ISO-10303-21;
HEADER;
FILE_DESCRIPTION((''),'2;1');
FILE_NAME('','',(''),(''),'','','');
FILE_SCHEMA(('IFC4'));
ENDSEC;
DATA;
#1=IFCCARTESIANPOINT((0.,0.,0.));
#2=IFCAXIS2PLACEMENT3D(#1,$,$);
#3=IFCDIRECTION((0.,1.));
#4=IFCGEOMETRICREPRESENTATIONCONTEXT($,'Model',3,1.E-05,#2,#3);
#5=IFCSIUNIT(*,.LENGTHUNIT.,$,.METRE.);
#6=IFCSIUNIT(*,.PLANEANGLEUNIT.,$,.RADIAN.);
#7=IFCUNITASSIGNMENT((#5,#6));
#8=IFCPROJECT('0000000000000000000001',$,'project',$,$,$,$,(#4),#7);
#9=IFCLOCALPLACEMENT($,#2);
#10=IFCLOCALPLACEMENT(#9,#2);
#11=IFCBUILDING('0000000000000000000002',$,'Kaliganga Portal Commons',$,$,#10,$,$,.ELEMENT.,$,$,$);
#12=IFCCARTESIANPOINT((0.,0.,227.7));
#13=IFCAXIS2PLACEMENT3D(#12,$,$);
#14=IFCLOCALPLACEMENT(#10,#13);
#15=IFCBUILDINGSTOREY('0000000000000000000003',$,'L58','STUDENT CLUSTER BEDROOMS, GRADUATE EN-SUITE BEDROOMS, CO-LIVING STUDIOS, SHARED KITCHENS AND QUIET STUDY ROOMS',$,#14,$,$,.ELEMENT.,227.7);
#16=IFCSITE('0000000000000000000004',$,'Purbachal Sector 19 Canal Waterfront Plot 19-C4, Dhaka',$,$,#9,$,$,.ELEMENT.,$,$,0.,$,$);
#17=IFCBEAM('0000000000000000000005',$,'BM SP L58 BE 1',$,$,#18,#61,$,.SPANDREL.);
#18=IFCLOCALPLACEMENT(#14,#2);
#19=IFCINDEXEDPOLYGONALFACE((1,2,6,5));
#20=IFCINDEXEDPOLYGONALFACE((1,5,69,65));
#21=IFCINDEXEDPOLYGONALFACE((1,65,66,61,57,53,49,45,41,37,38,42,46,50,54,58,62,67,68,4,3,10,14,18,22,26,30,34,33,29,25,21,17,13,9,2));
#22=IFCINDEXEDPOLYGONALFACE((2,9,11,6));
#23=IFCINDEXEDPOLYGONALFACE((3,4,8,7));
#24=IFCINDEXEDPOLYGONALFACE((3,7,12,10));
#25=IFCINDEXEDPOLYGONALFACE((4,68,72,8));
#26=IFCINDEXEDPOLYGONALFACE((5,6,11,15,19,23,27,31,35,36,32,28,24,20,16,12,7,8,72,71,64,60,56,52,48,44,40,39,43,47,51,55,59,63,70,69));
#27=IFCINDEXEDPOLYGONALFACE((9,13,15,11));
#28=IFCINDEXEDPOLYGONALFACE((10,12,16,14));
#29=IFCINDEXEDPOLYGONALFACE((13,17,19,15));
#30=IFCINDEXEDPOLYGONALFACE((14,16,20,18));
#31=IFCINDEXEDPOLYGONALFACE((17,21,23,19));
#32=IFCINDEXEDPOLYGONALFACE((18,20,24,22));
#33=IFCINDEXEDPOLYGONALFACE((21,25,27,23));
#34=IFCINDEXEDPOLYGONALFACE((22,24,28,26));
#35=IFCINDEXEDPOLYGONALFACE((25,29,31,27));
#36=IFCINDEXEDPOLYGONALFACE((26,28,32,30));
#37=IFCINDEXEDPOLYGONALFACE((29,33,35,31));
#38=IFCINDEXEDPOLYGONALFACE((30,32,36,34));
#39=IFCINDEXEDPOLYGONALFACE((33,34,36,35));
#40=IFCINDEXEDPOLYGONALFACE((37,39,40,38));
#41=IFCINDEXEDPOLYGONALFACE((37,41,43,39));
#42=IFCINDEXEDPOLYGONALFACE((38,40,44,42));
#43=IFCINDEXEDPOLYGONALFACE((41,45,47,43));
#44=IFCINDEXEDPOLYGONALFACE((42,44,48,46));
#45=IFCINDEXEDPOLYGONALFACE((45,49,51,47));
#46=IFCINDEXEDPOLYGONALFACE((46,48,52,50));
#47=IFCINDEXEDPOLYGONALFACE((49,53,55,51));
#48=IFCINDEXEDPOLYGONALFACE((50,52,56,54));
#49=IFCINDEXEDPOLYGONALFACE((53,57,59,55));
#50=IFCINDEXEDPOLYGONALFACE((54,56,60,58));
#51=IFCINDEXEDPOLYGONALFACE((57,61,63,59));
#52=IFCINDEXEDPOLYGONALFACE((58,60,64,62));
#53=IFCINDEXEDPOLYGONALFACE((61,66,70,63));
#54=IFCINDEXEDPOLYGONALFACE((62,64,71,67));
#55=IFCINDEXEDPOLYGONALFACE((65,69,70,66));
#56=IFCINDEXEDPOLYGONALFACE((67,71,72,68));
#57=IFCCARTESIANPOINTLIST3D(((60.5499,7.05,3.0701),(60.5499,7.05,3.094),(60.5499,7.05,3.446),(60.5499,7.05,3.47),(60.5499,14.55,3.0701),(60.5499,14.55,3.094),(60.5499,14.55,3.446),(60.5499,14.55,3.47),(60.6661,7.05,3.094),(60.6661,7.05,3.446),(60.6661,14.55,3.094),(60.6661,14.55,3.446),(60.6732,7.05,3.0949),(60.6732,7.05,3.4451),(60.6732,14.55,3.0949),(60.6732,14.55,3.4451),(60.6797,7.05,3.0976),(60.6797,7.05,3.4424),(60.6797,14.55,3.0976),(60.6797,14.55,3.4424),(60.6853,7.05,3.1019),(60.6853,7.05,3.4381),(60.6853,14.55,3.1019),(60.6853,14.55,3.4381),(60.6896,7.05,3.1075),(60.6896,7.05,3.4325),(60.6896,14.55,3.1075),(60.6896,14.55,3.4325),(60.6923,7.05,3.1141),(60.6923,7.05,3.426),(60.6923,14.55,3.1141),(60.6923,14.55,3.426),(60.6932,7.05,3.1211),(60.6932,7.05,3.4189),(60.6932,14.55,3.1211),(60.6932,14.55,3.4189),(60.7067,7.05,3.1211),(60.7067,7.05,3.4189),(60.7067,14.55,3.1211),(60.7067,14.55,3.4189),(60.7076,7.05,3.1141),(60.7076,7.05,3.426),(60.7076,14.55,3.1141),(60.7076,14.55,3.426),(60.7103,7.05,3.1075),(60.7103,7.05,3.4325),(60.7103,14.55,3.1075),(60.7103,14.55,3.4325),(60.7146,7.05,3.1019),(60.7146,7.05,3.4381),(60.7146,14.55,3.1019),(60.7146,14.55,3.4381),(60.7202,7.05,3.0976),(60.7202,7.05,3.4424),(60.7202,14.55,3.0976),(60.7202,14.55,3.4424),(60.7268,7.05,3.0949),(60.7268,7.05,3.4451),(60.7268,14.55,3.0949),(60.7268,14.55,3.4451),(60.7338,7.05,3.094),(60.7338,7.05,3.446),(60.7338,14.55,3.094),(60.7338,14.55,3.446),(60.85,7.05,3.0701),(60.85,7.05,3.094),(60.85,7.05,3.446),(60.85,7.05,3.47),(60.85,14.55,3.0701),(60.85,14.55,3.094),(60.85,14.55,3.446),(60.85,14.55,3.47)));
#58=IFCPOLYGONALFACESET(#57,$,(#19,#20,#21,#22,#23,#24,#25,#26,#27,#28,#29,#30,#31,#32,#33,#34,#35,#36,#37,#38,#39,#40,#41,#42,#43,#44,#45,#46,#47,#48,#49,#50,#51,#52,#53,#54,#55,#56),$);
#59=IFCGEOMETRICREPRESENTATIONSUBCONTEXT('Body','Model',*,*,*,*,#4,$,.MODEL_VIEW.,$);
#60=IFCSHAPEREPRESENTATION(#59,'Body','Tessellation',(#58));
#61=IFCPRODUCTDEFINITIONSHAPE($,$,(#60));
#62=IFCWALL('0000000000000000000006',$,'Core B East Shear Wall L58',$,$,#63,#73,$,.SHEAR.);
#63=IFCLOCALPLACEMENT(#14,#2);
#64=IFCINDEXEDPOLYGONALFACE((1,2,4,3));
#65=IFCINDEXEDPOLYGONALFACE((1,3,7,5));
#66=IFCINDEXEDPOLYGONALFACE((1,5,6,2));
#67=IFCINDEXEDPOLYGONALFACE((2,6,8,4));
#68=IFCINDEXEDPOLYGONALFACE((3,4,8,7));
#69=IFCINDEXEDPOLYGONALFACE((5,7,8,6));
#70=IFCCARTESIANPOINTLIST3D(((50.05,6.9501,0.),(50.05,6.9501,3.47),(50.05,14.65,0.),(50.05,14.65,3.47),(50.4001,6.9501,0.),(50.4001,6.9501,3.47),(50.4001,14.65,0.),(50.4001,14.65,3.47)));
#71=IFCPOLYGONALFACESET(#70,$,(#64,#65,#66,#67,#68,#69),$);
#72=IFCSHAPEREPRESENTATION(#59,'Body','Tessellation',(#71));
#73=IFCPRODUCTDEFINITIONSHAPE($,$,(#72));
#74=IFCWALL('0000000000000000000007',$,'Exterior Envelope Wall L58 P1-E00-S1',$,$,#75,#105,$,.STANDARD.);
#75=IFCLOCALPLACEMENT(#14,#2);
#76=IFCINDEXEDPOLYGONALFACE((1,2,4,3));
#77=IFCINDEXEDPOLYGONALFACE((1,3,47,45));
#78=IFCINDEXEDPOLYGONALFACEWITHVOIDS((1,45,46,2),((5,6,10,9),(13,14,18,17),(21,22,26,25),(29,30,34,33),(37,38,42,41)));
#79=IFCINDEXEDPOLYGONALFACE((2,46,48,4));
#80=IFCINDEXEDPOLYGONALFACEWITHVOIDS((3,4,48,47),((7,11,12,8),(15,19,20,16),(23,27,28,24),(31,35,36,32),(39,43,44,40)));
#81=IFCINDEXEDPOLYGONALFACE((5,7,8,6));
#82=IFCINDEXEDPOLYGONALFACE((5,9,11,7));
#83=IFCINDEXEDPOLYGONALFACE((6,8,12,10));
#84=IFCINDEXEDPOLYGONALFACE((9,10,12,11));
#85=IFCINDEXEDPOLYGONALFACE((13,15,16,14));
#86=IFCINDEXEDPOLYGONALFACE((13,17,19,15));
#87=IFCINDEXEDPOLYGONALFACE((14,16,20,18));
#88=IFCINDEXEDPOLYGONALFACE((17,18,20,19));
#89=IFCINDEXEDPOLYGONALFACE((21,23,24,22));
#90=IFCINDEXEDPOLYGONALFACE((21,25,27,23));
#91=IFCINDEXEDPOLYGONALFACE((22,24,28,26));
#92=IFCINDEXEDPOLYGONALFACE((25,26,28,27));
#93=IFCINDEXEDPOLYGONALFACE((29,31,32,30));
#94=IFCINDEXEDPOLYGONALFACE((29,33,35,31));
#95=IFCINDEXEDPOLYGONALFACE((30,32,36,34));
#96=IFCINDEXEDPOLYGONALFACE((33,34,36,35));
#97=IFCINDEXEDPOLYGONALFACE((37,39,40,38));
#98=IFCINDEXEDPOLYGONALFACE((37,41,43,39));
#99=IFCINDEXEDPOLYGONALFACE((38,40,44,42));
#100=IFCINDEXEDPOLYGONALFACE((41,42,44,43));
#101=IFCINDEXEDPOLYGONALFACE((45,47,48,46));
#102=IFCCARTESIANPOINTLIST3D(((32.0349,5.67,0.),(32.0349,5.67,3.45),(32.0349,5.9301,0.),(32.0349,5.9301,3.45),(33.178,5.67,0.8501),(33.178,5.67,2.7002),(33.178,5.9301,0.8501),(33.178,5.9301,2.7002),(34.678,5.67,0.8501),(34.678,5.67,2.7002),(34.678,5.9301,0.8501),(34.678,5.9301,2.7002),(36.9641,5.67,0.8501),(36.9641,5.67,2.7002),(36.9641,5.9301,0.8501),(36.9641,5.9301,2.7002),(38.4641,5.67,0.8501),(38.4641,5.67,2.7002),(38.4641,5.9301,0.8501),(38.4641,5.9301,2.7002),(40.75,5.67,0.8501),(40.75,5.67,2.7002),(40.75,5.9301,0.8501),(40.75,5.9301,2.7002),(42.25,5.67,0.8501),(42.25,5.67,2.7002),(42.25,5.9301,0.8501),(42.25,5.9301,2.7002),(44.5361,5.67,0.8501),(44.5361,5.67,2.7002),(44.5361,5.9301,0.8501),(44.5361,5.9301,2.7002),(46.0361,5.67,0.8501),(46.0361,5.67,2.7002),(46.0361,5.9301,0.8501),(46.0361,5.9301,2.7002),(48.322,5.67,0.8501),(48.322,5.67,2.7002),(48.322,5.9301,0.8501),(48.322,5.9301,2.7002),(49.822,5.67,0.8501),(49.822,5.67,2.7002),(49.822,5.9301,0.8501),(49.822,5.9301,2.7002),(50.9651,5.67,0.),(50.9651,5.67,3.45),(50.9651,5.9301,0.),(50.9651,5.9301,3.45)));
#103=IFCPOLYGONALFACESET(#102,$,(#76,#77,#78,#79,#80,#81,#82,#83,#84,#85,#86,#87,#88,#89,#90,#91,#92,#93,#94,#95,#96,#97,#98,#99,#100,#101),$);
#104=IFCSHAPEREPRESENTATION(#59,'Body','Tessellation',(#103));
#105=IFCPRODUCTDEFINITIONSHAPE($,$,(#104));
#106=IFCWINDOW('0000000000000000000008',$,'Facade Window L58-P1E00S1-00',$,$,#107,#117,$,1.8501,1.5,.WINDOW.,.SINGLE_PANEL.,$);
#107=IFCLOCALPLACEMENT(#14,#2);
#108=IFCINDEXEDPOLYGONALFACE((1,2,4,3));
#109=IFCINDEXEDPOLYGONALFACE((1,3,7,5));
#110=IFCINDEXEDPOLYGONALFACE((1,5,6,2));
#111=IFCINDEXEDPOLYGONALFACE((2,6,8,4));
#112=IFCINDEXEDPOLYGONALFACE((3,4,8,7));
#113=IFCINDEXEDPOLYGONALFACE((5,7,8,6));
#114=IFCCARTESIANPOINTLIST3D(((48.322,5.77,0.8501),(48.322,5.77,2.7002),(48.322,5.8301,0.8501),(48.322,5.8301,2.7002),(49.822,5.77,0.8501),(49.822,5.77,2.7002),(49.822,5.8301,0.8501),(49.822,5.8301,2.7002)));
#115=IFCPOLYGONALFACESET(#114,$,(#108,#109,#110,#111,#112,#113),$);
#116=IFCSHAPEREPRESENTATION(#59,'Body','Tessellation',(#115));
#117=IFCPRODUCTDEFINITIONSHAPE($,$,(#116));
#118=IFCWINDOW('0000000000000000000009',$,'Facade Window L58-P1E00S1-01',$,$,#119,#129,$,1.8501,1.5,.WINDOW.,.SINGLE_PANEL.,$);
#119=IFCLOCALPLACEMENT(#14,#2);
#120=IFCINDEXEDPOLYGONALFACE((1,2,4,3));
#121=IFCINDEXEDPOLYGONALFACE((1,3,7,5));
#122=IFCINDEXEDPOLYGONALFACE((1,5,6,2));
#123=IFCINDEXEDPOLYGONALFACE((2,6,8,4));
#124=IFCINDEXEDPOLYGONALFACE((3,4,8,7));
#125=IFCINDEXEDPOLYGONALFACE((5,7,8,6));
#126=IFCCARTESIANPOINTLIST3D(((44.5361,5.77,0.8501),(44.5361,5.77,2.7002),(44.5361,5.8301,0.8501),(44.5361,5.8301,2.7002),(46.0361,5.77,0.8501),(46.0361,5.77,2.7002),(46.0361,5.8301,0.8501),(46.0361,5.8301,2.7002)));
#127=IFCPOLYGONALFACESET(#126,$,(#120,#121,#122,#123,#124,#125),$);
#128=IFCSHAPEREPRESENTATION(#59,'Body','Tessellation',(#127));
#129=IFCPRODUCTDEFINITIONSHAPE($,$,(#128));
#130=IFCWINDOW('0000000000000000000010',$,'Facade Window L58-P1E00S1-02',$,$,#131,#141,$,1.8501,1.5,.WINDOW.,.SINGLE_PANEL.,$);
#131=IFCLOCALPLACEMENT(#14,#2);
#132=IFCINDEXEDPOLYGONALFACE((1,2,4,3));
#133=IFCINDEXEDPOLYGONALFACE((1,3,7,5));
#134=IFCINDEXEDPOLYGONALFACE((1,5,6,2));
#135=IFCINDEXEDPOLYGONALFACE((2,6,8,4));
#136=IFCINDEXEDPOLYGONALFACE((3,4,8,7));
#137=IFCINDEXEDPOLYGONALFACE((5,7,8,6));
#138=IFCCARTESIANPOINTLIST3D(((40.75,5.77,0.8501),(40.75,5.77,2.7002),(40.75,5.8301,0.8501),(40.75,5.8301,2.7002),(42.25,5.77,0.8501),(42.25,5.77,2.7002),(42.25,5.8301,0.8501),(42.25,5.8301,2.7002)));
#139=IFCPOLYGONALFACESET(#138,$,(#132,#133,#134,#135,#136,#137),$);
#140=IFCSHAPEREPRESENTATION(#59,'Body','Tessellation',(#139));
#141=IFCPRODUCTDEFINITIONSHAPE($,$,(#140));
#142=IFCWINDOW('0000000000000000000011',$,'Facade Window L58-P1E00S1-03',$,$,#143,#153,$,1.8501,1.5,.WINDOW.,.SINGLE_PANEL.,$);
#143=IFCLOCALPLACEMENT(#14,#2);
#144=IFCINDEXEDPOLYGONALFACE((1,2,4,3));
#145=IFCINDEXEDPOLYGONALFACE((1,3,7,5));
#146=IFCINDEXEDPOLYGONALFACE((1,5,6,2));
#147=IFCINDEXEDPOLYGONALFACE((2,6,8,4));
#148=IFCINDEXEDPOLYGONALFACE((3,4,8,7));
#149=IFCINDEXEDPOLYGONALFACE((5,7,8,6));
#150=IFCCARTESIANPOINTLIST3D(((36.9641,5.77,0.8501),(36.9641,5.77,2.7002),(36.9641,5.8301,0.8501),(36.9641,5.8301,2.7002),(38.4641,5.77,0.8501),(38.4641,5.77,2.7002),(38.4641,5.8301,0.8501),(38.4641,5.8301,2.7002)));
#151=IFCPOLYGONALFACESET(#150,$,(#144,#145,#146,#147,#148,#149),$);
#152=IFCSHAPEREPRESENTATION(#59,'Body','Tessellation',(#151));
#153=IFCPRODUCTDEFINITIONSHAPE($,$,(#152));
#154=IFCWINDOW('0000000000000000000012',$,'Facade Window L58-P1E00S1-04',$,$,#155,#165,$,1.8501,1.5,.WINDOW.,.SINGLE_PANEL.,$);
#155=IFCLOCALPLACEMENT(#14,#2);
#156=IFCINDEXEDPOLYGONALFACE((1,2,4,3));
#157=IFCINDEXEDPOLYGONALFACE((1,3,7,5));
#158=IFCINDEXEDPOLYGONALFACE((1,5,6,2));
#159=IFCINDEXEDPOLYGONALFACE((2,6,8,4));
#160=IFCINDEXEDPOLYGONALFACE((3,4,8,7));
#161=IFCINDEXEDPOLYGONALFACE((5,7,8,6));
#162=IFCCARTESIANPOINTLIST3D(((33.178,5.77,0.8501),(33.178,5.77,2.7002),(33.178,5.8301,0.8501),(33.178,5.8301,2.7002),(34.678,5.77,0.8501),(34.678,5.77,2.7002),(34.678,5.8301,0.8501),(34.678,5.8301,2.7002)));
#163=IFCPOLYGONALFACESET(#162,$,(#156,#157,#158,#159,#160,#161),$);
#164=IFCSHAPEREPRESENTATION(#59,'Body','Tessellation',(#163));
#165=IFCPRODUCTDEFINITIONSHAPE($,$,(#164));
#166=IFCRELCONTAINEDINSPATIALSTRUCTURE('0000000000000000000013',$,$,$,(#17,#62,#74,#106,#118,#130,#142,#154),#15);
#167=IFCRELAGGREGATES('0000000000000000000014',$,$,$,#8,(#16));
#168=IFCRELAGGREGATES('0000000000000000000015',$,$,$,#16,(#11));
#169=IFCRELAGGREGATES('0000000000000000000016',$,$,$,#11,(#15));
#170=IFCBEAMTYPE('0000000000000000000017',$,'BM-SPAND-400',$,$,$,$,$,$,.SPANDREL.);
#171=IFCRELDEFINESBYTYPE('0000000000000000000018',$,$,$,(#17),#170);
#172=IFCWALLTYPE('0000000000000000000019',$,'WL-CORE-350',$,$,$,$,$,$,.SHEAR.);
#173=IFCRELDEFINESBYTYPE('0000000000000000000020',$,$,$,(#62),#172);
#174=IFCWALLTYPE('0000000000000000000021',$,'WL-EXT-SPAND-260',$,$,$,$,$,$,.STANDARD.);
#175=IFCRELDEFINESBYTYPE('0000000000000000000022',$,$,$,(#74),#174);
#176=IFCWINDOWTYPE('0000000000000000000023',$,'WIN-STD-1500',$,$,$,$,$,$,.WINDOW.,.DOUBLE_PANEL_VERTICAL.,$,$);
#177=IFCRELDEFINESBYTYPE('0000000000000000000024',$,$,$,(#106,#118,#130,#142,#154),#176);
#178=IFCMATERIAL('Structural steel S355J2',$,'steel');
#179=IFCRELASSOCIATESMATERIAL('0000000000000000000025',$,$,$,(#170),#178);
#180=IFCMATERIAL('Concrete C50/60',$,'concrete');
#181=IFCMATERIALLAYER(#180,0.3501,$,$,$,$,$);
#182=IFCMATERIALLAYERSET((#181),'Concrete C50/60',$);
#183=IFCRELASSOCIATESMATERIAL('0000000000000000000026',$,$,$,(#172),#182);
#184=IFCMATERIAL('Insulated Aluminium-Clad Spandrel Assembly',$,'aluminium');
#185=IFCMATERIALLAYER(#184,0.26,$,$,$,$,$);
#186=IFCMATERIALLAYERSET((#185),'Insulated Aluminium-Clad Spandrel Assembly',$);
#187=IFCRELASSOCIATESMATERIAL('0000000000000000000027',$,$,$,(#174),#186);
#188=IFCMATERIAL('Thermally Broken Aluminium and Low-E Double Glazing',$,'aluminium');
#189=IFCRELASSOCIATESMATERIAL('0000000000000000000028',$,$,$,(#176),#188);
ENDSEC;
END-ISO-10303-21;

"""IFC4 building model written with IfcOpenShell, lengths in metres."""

from ifc_helpers import new_model, si_unit, direction, frame, frame_2d, origin, origin_2d, place, context, subcontext, project, spatial, rectangle, i_section, extrude, source, transform, mapped, material, layer, layer_set, material_profile, profile_set, type_object, element, fill, save


model = new_model("IFC4")

# Units and contexts
model_context = context("Model", 3, precision=1e-05, world=origin(), true_north=direction((0.0, 1.0)))
body_context = subcontext(model_context, "Body", "Model", "MODEL_VIEW")
ifc_project = project(units=[si_unit("LENGTHUNIT", "METRE"), si_unit("PLANEANGLEUNIT", "RADIAN")], contexts=[model_context])

# Site, building, storey
site_placement = place(None, origin())
site = spatial("IfcSite", under=ifc_project, at=site_placement, Name="Purbachal Sector 19 Canal Waterfront Plot 19-C4, Dhaka", CompositionType="ELEMENT", RefElevation=0.0)
building_placement = place(site_placement, origin())
building = spatial("IfcBuilding", under=site, at=building_placement, Name="Kaliganga Portal Commons", CompositionType="ELEMENT")
storey_placement = place(building_placement, frame((0.0, 0.0, 227.7)))
storey = spatial("IfcBuildingStorey", under=building, at=storey_placement, Name="L58", Description="STUDENT CLUSTER BEDROOMS, GRADUATE EN-SUITE BEDROOMS, CO-LIVING STUDIOS, SHARED KITCHENS AND QUIET STUDY ROOMS", CompositionType="ELEMENT", Elevation=227.7)

# Shared definitions
ifc_material_1 = material(Name="Concrete C50/60", Category="concrete")
ifc_material_2 = material(Name="Structural steel S355J2", Category="steel")

# Beam
ifc_material_profile_1 = material_profile(ifc_material_2, i_section(OverallWidth=0.3, OverallDepth=0.3999, WebThickness=0.0134, FlangeThickness=0.0239, FilletRadius=0.0271, at=origin_2d()), Name="HE 400 B")
ifc_profile_set_1 = profile_set([ifc_material_profile_1], Name="Structural steel S355J2 wide-flange")
beam_type_1 = type_object("IfcBeamType", Name="BM-SPAND-400", PredefinedType="SPANDREL", material=ifc_profile_set_1)
shared_shape_1 = source(origin(), body_context, "Body", "SweptSolid", [
    extrude(i_section(OverallWidth=0.3, OverallDepth=0.3999, WebThickness=0.0134, FlangeThickness=0.0239, FilletRadius=0.0271, at=origin_2d()), origin(), (0.0, 0.0, 1.0), 7.5),
])
beam_1_placement = place(storey_placement, frame((60.7, 7.05, 3.27), z_axis=(0.0, 1.0, 0.0), x_axis=(-1.0, 0.0, 0.0)))
element("IfcBeam", 1, at=beam_1_placement, inside=storey, type_object=beam_type_1, Name="BM SP L58 BE 1", PredefinedType="SPANDREL", context=body_context, shape_type="MappedRepresentation", body=[
    mapped(shared_shape_1, transform((0.0, 0.0, 0.0), x_axis=(1.0, 0.0, 0.0), y_axis=(0.0, 1.0, 0.0), z_axis=(0.0, 0.0, 1.0), scale=1.0)),
])

# Wall
ifc_layer_1 = layer(ifc_material_1, 0.3501)
ifc_layer_set_1 = layer_set([ifc_layer_1], Name="Concrete C50/60")
wall_type_1 = type_object("IfcWallType", Name="WL-CORE-350", PredefinedType="SHEAR", material=ifc_layer_set_1)
wall_1_placement = place(storey_placement, frame((50.2251, 6.95, 0.0), z_axis=(0.0, 0.0, 1.0), x_axis=(0.0, 1.0, 0.0)))
element("IfcWall", 2, at=wall_1_placement, inside=storey, type_object=wall_type_1, Name="Core B East Shear Wall L58", PredefinedType="SHEAR", context=body_context, shape_type="SweptSolid", body=[
    extrude(rectangle(XDim=7.7, YDim=0.3501, at=frame_2d((3.8501, 0.0))), origin(), (0.0, 0.0, 1.0), 3.47),
])

# Wall, openings, windows
ifc_material_3 = material(Name="Insulated Aluminium-Clad Spandrel Assembly", Category="aluminium")
ifc_layer_2 = layer(ifc_material_3, 0.26)
ifc_layer_set_2 = layer_set([ifc_layer_2], Name="Insulated Aluminium-Clad Spandrel Assembly")
wall_type_2 = type_object("IfcWallType", Name="WL-EXT-SPAND-260", PredefinedType="STANDARD", material=ifc_layer_set_2)
wall_2_placement = place(storey_placement, frame((50.9651, 5.8, 0.0), z_axis=(0.0, 0.0, 1.0), x_axis=(-1.0, 0.0, 0.0)))
wall_2 = element("IfcWall", 3, at=wall_2_placement, inside=storey, type_object=wall_type_2, Name="Exterior Envelope Wall L58 P1-E00-S1", PredefinedType="STANDARD", context=body_context, shape_type="SweptSolid", body=[
    extrude(rectangle(XDim=18.9302, YDim=0.26, at=frame_2d((9.4651, 0.0))), origin(), (0.0, 0.0, 1.0), 3.45),
])
opening_1_placement = place(wall_2_placement, frame((1.1431, 0.0, 0.8501)))
opening_1 = element("IfcOpeningElement", 4, at=opening_1_placement, cuts=wall_2, PredefinedType="OPENING", context=body_context, shape_type="SweptSolid", body=[
    extrude(rectangle(XDim=1.5, YDim=1.8501, at=frame_2d((0.75, 0.925))), frame((0.0, 0.1401, 0.0), z_axis=(0.0, -1.0, 0.0), x_axis=(1.0, 0.0, 0.0)), (0.0, 0.0, 1.0), 0.28),
])
opening_2_placement = place(wall_2_placement, frame((4.929, 0.0, 0.8501)))
opening_2 = element("IfcOpeningElement", 5, at=opening_2_placement, cuts=wall_2, PredefinedType="OPENING", context=body_context, shape_type="SweptSolid", body=[
    extrude(rectangle(XDim=1.5, YDim=1.8501, at=frame_2d((0.75, 0.925))), frame((0.0, 0.1401, 0.0), z_axis=(0.0, -1.0, 0.0), x_axis=(1.0, 0.0, 0.0)), (0.0, 0.0, 1.0), 0.28),
])
opening_3_placement = place(wall_2_placement, frame((8.7151, 0.0, 0.8501)))
opening_3 = element("IfcOpeningElement", 6, at=opening_3_placement, cuts=wall_2, PredefinedType="OPENING", context=body_context, shape_type="SweptSolid", body=[
    extrude(rectangle(XDim=1.5, YDim=1.8501, at=frame_2d((0.75, 0.925))), frame((0.0, 0.1401, 0.0), z_axis=(0.0, -1.0, 0.0), x_axis=(1.0, 0.0, 0.0)), (0.0, 0.0, 1.0), 0.28),
])
opening_4_placement = place(wall_2_placement, frame((12.501, 0.0, 0.8501)))
opening_4 = element("IfcOpeningElement", 7, at=opening_4_placement, cuts=wall_2, PredefinedType="OPENING", context=body_context, shape_type="SweptSolid", body=[
    extrude(rectangle(XDim=1.5, YDim=1.8501, at=frame_2d((0.75, 0.925))), frame((0.0, 0.1401, 0.0), z_axis=(0.0, -1.0, 0.0), x_axis=(1.0, 0.0, 0.0)), (0.0, 0.0, 1.0), 0.28),
])
opening_5_placement = place(wall_2_placement, frame((16.2871, 0.0, 0.8501)))
opening_5 = element("IfcOpeningElement", 8, at=opening_5_placement, cuts=wall_2, PredefinedType="OPENING", context=body_context, shape_type="SweptSolid", body=[
    extrude(rectangle(XDim=1.5, YDim=1.8501, at=frame_2d((0.75, 0.925))), frame((0.0, 0.1401, 0.0), z_axis=(0.0, -1.0, 0.0), x_axis=(1.0, 0.0, 0.0)), (0.0, 0.0, 1.0), 0.28),
])
ifc_material_4 = material(Name="Thermally Broken Aluminium and Low-E Double Glazing", Category="aluminium")
window_type_1 = type_object("IfcWindowType", Name="WIN-STD-1500", PartitioningType="DOUBLE_PANEL_VERTICAL", PredefinedType="WINDOW", material=ifc_material_4)
window_1_placement = place(opening_1_placement, origin())
window_1 = element("IfcWindow", 9, at=window_1_placement, inside=storey, type_object=window_type_1, Name="Facade Window L58-P1E00S1-00", OverallHeight=1.8501, OverallWidth=1.5, PartitioningType="SINGLE_PANEL", PredefinedType="WINDOW", context=body_context, shape_type="SweptSolid", body=[
    extrude(rectangle(XDim=1.5, YDim=1.8501, at=frame_2d((0.75, 0.925))), frame((0.0, 0.03, 0.0), z_axis=(0.0, -1.0, 0.0), x_axis=(1.0, 0.0, 0.0)), (0.0, 0.0, 1.0), 0.0601),
])
fill(opening_1, window_1)
window_2_placement = place(opening_2_placement, origin())
window_2 = element("IfcWindow", 10, at=window_2_placement, inside=storey, type_object=window_type_1, Name="Facade Window L58-P1E00S1-01", OverallHeight=1.8501, OverallWidth=1.5, PartitioningType="SINGLE_PANEL", PredefinedType="WINDOW", context=body_context, shape_type="SweptSolid", body=[
    extrude(rectangle(XDim=1.5, YDim=1.8501, at=frame_2d((0.75, 0.925))), frame((0.0, 0.03, 0.0), z_axis=(0.0, -1.0, 0.0), x_axis=(1.0, 0.0, 0.0)), (0.0, 0.0, 1.0), 0.0601),
])
fill(opening_2, window_2)
window_3_placement = place(opening_3_placement, origin())
window_3 = element("IfcWindow", 11, at=window_3_placement, inside=storey, type_object=window_type_1, Name="Facade Window L58-P1E00S1-02", OverallHeight=1.8501, OverallWidth=1.5, PartitioningType="SINGLE_PANEL", PredefinedType="WINDOW", context=body_context, shape_type="SweptSolid", body=[
    extrude(rectangle(XDim=1.5, YDim=1.8501, at=frame_2d((0.75, 0.925))), frame((0.0, 0.03, 0.0), z_axis=(0.0, -1.0, 0.0), x_axis=(1.0, 0.0, 0.0)), (0.0, 0.0, 1.0), 0.0601),
])
fill(opening_3, window_3)
window_4_placement = place(opening_4_placement, origin())
window_4 = element("IfcWindow", 12, at=window_4_placement, inside=storey, type_object=window_type_1, Name="Facade Window L58-P1E00S1-03", OverallHeight=1.8501, OverallWidth=1.5, PartitioningType="SINGLE_PANEL", PredefinedType="WINDOW", context=body_context, shape_type="SweptSolid", body=[
    extrude(rectangle(XDim=1.5, YDim=1.8501, at=frame_2d((0.75, 0.925))), frame((0.0, 0.03, 0.0), z_axis=(0.0, -1.0, 0.0), x_axis=(1.0, 0.0, 0.0)), (0.0, 0.0, 1.0), 0.0601),
])
fill(opening_4, window_4)
window_5_placement = place(opening_5_placement, origin())
window_5 = element("IfcWindow", 13, at=window_5_placement, inside=storey, type_object=window_type_1, Name="Facade Window L58-P1E00S1-04", OverallHeight=1.8501, OverallWidth=1.5, PartitioningType="SINGLE_PANEL", PredefinedType="WINDOW", context=body_context, shape_type="SweptSolid", body=[
    extrude(rectangle(XDim=1.5, YDim=1.8501, at=frame_2d((0.75, 0.925))), frame((0.0, 0.03, 0.0), z_axis=(0.0, -1.0, 0.0), x_axis=(1.0, 0.0, 0.0)), (0.0, 0.0, 1.0), 0.0601),
])
fill(opening_5, window_5)

save(model, "model.ifc")
